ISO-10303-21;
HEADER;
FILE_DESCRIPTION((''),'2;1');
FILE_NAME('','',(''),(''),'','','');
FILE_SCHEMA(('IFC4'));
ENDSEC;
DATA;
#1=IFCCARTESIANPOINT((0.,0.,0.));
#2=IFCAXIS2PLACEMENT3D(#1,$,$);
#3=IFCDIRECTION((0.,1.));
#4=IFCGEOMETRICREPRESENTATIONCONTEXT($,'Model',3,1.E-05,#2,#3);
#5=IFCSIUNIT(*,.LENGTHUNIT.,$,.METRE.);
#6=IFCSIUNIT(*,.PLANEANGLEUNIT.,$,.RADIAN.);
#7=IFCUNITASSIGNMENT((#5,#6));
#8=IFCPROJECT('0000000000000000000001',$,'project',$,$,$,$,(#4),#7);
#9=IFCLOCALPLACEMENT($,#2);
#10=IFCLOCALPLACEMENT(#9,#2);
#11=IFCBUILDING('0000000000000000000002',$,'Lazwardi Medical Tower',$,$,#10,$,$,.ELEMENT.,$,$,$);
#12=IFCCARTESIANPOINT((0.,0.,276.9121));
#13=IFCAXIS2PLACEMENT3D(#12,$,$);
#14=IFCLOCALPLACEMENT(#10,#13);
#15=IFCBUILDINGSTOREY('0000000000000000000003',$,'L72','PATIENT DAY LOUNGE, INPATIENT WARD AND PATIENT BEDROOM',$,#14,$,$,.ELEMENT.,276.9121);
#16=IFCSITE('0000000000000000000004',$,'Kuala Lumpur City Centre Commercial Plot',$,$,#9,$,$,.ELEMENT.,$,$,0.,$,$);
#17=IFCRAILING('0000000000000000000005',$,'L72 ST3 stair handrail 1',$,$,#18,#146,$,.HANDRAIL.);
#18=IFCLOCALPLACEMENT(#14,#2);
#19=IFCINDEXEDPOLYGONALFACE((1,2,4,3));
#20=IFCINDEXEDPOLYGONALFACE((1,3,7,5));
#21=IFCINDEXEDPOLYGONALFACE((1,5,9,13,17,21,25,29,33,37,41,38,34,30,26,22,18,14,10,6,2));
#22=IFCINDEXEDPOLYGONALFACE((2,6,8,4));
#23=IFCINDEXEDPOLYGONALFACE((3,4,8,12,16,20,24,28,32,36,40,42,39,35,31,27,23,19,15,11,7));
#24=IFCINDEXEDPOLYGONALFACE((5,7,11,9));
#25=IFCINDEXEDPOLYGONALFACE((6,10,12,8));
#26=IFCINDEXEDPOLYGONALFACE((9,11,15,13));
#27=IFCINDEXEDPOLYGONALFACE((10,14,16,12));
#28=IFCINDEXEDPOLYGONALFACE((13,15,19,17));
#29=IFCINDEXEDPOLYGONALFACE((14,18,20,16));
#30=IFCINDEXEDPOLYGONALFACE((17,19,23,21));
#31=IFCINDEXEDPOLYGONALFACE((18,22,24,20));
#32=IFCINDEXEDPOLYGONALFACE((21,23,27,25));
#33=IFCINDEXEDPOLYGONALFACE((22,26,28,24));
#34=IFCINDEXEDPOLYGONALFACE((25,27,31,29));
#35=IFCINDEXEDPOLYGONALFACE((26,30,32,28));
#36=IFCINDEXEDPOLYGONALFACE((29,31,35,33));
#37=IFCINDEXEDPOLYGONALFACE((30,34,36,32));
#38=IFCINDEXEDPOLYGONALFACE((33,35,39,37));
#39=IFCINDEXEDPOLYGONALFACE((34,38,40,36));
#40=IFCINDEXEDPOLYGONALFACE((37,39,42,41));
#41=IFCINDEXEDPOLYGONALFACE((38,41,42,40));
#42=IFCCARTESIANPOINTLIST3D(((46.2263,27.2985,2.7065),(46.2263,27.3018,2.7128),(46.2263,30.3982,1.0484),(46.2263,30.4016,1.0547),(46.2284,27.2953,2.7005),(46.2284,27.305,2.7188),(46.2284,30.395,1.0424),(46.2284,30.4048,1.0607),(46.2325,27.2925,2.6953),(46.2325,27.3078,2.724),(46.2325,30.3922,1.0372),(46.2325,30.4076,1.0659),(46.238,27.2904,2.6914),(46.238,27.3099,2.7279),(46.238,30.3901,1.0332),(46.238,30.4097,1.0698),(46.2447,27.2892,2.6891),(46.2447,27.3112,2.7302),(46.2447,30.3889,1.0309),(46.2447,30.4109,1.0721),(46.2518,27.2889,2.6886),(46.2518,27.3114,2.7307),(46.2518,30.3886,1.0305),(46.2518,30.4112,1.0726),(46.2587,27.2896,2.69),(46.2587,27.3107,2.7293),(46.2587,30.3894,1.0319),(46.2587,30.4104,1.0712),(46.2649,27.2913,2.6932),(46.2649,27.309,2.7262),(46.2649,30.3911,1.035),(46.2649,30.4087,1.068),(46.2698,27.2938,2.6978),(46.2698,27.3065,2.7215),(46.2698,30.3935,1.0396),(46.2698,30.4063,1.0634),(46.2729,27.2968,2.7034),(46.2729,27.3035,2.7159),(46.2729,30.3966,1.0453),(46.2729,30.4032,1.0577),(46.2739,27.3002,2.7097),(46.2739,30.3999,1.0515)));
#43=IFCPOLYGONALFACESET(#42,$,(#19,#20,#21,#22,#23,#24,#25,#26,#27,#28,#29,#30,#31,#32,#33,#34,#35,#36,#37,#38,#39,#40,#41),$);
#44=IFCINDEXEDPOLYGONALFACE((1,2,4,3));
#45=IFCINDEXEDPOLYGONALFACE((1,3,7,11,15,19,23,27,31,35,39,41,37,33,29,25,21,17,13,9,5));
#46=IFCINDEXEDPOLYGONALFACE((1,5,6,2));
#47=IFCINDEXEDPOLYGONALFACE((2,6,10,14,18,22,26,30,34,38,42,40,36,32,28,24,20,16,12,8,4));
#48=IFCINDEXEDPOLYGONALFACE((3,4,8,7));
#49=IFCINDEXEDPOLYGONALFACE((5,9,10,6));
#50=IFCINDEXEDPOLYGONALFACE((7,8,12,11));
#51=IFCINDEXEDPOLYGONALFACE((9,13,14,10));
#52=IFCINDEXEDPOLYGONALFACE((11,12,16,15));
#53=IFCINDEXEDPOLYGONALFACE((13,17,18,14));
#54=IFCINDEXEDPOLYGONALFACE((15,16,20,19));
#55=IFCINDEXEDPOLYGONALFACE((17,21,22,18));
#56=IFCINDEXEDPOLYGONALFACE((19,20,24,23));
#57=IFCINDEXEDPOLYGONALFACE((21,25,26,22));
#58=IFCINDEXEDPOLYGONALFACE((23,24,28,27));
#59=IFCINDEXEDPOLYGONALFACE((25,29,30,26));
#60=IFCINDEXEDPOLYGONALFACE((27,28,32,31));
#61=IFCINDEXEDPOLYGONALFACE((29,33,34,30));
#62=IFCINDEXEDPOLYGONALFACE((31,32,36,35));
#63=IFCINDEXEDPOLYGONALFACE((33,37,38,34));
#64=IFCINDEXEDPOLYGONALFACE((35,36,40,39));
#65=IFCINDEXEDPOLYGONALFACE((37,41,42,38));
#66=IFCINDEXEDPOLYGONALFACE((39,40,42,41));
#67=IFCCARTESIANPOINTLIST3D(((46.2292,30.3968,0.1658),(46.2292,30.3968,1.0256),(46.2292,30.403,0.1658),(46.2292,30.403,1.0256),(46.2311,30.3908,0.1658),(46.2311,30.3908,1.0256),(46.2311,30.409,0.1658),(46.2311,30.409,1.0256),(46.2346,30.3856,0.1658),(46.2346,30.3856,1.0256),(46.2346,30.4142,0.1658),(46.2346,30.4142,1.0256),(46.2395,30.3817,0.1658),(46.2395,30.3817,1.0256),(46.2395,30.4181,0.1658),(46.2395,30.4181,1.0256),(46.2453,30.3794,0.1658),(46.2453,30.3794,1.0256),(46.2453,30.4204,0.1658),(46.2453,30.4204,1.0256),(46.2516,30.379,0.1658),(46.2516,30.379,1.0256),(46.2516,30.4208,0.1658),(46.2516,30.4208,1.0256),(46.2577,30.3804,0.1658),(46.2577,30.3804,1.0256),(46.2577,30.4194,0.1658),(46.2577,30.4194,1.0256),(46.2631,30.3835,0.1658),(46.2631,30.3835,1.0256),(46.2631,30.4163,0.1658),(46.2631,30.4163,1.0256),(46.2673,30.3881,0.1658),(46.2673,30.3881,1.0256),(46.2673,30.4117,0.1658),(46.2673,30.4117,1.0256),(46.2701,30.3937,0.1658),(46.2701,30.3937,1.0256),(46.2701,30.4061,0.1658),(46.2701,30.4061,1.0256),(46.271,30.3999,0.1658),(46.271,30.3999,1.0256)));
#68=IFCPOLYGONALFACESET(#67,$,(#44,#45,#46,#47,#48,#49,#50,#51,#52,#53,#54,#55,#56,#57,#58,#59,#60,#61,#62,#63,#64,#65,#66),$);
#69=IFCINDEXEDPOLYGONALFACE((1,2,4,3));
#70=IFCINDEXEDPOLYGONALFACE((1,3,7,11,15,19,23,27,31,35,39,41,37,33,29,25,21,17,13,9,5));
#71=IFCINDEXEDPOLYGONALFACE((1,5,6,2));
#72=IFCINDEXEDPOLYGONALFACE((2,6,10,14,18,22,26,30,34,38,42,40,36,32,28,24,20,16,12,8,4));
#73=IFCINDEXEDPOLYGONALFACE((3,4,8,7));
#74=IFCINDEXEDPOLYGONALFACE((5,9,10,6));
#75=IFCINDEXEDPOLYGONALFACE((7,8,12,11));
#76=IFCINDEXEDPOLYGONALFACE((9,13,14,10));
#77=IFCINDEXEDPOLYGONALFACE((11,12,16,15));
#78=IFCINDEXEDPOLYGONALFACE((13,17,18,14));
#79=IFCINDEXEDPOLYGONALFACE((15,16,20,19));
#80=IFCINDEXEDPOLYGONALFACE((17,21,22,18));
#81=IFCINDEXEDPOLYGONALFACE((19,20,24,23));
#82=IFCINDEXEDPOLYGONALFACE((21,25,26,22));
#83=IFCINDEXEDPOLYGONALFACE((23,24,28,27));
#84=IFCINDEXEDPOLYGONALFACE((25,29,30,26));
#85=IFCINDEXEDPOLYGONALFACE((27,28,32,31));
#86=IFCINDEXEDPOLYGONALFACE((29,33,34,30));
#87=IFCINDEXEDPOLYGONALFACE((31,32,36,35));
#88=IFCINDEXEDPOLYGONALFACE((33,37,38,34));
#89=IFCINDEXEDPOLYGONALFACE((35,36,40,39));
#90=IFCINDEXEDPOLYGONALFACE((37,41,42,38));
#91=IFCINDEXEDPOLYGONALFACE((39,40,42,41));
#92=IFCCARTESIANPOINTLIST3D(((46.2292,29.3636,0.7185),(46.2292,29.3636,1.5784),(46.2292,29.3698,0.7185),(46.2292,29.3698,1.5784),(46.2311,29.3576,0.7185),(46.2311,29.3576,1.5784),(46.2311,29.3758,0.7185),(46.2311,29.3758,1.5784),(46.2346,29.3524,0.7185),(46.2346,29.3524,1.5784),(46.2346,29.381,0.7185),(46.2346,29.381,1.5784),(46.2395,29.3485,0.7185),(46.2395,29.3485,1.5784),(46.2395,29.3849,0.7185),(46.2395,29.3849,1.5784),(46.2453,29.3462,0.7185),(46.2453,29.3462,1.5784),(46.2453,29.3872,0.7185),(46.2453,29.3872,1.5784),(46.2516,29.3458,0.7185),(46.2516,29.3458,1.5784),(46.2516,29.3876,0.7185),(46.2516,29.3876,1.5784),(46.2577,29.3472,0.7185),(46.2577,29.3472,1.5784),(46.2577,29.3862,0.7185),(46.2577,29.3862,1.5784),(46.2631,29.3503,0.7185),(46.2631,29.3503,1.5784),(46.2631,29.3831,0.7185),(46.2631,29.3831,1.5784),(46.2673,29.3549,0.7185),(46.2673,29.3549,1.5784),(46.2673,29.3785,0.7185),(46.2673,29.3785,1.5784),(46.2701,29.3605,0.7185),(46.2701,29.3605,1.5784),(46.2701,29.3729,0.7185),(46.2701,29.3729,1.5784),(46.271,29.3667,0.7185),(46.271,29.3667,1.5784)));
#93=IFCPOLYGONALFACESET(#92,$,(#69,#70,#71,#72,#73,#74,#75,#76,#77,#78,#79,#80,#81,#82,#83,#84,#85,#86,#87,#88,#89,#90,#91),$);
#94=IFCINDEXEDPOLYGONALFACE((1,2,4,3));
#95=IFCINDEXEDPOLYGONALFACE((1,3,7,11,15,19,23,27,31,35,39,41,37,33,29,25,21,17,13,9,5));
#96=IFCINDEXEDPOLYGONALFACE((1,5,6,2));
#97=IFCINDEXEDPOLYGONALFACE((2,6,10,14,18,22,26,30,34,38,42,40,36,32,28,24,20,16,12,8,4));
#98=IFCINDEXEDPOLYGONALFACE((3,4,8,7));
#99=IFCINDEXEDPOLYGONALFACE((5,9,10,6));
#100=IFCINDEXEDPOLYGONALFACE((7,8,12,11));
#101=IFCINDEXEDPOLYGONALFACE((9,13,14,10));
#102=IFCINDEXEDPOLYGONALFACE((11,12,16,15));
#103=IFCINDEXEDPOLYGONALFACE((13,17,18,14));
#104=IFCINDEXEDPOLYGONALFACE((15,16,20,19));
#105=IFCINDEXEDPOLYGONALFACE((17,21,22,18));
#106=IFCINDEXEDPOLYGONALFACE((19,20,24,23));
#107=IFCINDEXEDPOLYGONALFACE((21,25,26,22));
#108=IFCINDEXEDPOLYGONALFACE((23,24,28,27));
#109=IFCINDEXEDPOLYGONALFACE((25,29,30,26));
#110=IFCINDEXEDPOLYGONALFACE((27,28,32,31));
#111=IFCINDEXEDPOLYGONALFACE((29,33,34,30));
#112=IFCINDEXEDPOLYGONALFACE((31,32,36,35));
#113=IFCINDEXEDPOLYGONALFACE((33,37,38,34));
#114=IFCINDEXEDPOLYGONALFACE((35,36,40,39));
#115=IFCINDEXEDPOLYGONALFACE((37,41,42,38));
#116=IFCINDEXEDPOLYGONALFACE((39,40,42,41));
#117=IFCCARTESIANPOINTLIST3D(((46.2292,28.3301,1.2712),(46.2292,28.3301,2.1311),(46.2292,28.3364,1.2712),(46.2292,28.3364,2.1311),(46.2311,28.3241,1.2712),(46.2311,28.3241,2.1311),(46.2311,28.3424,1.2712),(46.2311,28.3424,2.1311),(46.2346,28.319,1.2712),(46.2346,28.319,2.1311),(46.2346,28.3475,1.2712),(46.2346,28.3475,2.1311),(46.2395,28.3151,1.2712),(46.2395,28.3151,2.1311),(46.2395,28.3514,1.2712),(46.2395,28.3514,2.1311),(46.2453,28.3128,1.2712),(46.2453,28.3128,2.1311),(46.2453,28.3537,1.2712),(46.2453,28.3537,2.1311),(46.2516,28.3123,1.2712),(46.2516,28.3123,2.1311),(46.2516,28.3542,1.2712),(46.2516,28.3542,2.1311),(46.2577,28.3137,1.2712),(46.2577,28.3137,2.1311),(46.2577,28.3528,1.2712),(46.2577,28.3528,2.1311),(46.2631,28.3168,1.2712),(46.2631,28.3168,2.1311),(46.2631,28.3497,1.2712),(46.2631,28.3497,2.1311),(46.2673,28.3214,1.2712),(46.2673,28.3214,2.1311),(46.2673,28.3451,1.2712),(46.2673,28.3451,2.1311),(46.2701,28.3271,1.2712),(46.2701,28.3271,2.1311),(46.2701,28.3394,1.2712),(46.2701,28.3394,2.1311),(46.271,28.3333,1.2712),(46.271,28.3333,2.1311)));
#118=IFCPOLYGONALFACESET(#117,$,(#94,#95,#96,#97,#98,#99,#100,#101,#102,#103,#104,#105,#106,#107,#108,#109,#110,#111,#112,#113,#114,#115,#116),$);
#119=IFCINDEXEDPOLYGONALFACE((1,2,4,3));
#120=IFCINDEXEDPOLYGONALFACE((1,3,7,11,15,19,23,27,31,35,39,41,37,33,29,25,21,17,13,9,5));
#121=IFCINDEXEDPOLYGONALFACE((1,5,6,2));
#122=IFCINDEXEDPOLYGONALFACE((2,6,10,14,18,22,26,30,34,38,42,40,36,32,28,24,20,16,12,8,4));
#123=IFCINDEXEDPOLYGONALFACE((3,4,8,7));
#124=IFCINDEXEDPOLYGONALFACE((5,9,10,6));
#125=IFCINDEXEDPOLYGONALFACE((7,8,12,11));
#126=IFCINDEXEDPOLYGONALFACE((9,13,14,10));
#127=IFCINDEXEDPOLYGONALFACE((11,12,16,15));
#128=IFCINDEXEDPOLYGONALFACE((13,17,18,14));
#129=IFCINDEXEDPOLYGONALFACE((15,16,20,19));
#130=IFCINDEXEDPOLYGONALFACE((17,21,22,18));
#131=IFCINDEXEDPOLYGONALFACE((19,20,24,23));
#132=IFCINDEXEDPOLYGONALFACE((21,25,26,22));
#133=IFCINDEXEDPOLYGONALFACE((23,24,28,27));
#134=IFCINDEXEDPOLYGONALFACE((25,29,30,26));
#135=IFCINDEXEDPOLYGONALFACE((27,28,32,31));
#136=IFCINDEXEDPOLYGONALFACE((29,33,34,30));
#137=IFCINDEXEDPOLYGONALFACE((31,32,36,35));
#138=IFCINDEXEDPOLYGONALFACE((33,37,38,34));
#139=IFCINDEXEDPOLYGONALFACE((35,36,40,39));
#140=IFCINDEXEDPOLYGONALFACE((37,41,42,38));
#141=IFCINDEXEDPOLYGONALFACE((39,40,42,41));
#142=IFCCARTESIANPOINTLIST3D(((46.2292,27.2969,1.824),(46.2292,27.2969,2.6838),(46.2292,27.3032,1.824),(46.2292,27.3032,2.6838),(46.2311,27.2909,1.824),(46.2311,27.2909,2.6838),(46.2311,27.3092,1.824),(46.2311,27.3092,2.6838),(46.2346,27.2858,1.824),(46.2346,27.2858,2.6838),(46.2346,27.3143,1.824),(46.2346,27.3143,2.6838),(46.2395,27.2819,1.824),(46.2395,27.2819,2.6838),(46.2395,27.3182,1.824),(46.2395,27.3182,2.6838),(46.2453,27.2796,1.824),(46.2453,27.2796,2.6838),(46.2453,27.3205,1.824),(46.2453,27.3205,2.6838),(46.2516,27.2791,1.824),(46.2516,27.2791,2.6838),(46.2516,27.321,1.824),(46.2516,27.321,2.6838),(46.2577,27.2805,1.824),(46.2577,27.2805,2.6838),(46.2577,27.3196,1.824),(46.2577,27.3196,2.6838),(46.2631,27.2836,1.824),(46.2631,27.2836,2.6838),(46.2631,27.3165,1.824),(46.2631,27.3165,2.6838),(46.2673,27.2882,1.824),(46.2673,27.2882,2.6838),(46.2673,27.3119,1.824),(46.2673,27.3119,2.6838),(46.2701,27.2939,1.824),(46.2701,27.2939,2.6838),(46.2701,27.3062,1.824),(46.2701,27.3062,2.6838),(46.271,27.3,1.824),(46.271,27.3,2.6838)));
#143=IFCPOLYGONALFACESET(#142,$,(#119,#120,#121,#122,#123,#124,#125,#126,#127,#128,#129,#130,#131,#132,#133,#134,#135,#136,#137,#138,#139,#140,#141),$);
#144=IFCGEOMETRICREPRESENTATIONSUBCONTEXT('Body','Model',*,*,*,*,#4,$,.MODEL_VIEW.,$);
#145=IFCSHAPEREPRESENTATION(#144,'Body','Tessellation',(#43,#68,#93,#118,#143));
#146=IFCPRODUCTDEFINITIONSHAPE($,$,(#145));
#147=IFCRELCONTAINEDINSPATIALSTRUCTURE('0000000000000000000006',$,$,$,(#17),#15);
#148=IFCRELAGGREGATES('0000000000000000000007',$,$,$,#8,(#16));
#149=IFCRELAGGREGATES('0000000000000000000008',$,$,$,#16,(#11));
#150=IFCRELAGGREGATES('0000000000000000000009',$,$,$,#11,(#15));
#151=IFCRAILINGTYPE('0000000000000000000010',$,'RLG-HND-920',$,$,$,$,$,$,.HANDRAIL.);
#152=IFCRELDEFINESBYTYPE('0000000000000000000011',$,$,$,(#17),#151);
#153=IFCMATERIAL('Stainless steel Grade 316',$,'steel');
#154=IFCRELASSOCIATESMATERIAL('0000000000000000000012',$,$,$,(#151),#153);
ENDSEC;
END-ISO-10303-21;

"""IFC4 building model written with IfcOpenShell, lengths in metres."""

from ifc_helpers import new_model, si_unit, direction, frame, origin, origin_2d, place, context, subcontext, project, spatial, circle, extrude, material, type_object, element, save


model = new_model("IFC4")

# Units and contexts
model_context = context("Model", 3, precision=1e-05, world=origin(), true_north=direction((0.0, 1.0)))
body_context = subcontext(model_context, "Body", "Model", "MODEL_VIEW")
ifc_project = project(units=[si_unit("LENGTHUNIT", "METRE"), si_unit("PLANEANGLEUNIT", "RADIAN")], contexts=[model_context])

# Site, building, storey
site_placement = place(None, origin())
site = spatial("IfcSite", under=ifc_project, at=site_placement, Name="Kuala Lumpur City Centre Commercial Plot", CompositionType="ELEMENT", RefElevation=0.0)
building_placement = place(site_placement, origin())
building = spatial("IfcBuilding", under=site, at=building_placement, Name="Lazwardi Medical Tower", CompositionType="ELEMENT")
storey_placement = place(building_placement, frame((0.0, 0.0, 276.9121)))
storey = spatial("IfcBuildingStorey", under=building, at=storey_placement, Name="L72", Description="PATIENT DAY LOUNGE, INPATIENT WARD AND PATIENT BEDROOM", CompositionType="ELEMENT", Elevation=276.9121)

# Railing
ifc_material_1 = material(Name="Stainless steel Grade 316", Category="steel")
railing_type_1 = type_object("IfcRailingType", Name="RLG-HND-920", PredefinedType="HANDRAIL", material=ifc_material_1)
railing_1_placement = place(storey_placement, frame((46.25, 30.3999, 0.1658)))
element("IfcRailing", 1, at=railing_1_placement, inside=storey, type_object=railing_type_1, Name="L72 ST3 stair handrail 1", PredefinedType="HANDRAIL", context=body_context, shape_type="SweptSolid", body=[
    extrude(circle(Radius=0.0239, at=origin_2d()), frame((0.0, 0.0, 0.8857), z_axis=(0.0, -0.881768, 0.471684), x_axis=(1.0, 0.0, 0.0)), (0.0, 0.0, 1.0), 3.5154),
    extrude(circle(Radius=0.021, at=origin_2d()), origin(), (0.0, 0.0, 1.0), 0.8599),
    extrude(circle(Radius=0.021, at=origin_2d()), frame((0.0, -1.0332, 0.5527)), (0.0, 0.0, 1.0), 0.8599),
    extrude(circle(Radius=0.021, at=origin_2d()), frame((0.0, -2.0667, 1.1055)), (0.0, 0.0, 1.0), 0.8599),
    extrude(circle(Radius=0.021, at=origin_2d()), frame((0.0, -3.0999, 1.6582)), (0.0, 0.0, 1.0), 0.8599),
])

save(model, "model.ifc")
